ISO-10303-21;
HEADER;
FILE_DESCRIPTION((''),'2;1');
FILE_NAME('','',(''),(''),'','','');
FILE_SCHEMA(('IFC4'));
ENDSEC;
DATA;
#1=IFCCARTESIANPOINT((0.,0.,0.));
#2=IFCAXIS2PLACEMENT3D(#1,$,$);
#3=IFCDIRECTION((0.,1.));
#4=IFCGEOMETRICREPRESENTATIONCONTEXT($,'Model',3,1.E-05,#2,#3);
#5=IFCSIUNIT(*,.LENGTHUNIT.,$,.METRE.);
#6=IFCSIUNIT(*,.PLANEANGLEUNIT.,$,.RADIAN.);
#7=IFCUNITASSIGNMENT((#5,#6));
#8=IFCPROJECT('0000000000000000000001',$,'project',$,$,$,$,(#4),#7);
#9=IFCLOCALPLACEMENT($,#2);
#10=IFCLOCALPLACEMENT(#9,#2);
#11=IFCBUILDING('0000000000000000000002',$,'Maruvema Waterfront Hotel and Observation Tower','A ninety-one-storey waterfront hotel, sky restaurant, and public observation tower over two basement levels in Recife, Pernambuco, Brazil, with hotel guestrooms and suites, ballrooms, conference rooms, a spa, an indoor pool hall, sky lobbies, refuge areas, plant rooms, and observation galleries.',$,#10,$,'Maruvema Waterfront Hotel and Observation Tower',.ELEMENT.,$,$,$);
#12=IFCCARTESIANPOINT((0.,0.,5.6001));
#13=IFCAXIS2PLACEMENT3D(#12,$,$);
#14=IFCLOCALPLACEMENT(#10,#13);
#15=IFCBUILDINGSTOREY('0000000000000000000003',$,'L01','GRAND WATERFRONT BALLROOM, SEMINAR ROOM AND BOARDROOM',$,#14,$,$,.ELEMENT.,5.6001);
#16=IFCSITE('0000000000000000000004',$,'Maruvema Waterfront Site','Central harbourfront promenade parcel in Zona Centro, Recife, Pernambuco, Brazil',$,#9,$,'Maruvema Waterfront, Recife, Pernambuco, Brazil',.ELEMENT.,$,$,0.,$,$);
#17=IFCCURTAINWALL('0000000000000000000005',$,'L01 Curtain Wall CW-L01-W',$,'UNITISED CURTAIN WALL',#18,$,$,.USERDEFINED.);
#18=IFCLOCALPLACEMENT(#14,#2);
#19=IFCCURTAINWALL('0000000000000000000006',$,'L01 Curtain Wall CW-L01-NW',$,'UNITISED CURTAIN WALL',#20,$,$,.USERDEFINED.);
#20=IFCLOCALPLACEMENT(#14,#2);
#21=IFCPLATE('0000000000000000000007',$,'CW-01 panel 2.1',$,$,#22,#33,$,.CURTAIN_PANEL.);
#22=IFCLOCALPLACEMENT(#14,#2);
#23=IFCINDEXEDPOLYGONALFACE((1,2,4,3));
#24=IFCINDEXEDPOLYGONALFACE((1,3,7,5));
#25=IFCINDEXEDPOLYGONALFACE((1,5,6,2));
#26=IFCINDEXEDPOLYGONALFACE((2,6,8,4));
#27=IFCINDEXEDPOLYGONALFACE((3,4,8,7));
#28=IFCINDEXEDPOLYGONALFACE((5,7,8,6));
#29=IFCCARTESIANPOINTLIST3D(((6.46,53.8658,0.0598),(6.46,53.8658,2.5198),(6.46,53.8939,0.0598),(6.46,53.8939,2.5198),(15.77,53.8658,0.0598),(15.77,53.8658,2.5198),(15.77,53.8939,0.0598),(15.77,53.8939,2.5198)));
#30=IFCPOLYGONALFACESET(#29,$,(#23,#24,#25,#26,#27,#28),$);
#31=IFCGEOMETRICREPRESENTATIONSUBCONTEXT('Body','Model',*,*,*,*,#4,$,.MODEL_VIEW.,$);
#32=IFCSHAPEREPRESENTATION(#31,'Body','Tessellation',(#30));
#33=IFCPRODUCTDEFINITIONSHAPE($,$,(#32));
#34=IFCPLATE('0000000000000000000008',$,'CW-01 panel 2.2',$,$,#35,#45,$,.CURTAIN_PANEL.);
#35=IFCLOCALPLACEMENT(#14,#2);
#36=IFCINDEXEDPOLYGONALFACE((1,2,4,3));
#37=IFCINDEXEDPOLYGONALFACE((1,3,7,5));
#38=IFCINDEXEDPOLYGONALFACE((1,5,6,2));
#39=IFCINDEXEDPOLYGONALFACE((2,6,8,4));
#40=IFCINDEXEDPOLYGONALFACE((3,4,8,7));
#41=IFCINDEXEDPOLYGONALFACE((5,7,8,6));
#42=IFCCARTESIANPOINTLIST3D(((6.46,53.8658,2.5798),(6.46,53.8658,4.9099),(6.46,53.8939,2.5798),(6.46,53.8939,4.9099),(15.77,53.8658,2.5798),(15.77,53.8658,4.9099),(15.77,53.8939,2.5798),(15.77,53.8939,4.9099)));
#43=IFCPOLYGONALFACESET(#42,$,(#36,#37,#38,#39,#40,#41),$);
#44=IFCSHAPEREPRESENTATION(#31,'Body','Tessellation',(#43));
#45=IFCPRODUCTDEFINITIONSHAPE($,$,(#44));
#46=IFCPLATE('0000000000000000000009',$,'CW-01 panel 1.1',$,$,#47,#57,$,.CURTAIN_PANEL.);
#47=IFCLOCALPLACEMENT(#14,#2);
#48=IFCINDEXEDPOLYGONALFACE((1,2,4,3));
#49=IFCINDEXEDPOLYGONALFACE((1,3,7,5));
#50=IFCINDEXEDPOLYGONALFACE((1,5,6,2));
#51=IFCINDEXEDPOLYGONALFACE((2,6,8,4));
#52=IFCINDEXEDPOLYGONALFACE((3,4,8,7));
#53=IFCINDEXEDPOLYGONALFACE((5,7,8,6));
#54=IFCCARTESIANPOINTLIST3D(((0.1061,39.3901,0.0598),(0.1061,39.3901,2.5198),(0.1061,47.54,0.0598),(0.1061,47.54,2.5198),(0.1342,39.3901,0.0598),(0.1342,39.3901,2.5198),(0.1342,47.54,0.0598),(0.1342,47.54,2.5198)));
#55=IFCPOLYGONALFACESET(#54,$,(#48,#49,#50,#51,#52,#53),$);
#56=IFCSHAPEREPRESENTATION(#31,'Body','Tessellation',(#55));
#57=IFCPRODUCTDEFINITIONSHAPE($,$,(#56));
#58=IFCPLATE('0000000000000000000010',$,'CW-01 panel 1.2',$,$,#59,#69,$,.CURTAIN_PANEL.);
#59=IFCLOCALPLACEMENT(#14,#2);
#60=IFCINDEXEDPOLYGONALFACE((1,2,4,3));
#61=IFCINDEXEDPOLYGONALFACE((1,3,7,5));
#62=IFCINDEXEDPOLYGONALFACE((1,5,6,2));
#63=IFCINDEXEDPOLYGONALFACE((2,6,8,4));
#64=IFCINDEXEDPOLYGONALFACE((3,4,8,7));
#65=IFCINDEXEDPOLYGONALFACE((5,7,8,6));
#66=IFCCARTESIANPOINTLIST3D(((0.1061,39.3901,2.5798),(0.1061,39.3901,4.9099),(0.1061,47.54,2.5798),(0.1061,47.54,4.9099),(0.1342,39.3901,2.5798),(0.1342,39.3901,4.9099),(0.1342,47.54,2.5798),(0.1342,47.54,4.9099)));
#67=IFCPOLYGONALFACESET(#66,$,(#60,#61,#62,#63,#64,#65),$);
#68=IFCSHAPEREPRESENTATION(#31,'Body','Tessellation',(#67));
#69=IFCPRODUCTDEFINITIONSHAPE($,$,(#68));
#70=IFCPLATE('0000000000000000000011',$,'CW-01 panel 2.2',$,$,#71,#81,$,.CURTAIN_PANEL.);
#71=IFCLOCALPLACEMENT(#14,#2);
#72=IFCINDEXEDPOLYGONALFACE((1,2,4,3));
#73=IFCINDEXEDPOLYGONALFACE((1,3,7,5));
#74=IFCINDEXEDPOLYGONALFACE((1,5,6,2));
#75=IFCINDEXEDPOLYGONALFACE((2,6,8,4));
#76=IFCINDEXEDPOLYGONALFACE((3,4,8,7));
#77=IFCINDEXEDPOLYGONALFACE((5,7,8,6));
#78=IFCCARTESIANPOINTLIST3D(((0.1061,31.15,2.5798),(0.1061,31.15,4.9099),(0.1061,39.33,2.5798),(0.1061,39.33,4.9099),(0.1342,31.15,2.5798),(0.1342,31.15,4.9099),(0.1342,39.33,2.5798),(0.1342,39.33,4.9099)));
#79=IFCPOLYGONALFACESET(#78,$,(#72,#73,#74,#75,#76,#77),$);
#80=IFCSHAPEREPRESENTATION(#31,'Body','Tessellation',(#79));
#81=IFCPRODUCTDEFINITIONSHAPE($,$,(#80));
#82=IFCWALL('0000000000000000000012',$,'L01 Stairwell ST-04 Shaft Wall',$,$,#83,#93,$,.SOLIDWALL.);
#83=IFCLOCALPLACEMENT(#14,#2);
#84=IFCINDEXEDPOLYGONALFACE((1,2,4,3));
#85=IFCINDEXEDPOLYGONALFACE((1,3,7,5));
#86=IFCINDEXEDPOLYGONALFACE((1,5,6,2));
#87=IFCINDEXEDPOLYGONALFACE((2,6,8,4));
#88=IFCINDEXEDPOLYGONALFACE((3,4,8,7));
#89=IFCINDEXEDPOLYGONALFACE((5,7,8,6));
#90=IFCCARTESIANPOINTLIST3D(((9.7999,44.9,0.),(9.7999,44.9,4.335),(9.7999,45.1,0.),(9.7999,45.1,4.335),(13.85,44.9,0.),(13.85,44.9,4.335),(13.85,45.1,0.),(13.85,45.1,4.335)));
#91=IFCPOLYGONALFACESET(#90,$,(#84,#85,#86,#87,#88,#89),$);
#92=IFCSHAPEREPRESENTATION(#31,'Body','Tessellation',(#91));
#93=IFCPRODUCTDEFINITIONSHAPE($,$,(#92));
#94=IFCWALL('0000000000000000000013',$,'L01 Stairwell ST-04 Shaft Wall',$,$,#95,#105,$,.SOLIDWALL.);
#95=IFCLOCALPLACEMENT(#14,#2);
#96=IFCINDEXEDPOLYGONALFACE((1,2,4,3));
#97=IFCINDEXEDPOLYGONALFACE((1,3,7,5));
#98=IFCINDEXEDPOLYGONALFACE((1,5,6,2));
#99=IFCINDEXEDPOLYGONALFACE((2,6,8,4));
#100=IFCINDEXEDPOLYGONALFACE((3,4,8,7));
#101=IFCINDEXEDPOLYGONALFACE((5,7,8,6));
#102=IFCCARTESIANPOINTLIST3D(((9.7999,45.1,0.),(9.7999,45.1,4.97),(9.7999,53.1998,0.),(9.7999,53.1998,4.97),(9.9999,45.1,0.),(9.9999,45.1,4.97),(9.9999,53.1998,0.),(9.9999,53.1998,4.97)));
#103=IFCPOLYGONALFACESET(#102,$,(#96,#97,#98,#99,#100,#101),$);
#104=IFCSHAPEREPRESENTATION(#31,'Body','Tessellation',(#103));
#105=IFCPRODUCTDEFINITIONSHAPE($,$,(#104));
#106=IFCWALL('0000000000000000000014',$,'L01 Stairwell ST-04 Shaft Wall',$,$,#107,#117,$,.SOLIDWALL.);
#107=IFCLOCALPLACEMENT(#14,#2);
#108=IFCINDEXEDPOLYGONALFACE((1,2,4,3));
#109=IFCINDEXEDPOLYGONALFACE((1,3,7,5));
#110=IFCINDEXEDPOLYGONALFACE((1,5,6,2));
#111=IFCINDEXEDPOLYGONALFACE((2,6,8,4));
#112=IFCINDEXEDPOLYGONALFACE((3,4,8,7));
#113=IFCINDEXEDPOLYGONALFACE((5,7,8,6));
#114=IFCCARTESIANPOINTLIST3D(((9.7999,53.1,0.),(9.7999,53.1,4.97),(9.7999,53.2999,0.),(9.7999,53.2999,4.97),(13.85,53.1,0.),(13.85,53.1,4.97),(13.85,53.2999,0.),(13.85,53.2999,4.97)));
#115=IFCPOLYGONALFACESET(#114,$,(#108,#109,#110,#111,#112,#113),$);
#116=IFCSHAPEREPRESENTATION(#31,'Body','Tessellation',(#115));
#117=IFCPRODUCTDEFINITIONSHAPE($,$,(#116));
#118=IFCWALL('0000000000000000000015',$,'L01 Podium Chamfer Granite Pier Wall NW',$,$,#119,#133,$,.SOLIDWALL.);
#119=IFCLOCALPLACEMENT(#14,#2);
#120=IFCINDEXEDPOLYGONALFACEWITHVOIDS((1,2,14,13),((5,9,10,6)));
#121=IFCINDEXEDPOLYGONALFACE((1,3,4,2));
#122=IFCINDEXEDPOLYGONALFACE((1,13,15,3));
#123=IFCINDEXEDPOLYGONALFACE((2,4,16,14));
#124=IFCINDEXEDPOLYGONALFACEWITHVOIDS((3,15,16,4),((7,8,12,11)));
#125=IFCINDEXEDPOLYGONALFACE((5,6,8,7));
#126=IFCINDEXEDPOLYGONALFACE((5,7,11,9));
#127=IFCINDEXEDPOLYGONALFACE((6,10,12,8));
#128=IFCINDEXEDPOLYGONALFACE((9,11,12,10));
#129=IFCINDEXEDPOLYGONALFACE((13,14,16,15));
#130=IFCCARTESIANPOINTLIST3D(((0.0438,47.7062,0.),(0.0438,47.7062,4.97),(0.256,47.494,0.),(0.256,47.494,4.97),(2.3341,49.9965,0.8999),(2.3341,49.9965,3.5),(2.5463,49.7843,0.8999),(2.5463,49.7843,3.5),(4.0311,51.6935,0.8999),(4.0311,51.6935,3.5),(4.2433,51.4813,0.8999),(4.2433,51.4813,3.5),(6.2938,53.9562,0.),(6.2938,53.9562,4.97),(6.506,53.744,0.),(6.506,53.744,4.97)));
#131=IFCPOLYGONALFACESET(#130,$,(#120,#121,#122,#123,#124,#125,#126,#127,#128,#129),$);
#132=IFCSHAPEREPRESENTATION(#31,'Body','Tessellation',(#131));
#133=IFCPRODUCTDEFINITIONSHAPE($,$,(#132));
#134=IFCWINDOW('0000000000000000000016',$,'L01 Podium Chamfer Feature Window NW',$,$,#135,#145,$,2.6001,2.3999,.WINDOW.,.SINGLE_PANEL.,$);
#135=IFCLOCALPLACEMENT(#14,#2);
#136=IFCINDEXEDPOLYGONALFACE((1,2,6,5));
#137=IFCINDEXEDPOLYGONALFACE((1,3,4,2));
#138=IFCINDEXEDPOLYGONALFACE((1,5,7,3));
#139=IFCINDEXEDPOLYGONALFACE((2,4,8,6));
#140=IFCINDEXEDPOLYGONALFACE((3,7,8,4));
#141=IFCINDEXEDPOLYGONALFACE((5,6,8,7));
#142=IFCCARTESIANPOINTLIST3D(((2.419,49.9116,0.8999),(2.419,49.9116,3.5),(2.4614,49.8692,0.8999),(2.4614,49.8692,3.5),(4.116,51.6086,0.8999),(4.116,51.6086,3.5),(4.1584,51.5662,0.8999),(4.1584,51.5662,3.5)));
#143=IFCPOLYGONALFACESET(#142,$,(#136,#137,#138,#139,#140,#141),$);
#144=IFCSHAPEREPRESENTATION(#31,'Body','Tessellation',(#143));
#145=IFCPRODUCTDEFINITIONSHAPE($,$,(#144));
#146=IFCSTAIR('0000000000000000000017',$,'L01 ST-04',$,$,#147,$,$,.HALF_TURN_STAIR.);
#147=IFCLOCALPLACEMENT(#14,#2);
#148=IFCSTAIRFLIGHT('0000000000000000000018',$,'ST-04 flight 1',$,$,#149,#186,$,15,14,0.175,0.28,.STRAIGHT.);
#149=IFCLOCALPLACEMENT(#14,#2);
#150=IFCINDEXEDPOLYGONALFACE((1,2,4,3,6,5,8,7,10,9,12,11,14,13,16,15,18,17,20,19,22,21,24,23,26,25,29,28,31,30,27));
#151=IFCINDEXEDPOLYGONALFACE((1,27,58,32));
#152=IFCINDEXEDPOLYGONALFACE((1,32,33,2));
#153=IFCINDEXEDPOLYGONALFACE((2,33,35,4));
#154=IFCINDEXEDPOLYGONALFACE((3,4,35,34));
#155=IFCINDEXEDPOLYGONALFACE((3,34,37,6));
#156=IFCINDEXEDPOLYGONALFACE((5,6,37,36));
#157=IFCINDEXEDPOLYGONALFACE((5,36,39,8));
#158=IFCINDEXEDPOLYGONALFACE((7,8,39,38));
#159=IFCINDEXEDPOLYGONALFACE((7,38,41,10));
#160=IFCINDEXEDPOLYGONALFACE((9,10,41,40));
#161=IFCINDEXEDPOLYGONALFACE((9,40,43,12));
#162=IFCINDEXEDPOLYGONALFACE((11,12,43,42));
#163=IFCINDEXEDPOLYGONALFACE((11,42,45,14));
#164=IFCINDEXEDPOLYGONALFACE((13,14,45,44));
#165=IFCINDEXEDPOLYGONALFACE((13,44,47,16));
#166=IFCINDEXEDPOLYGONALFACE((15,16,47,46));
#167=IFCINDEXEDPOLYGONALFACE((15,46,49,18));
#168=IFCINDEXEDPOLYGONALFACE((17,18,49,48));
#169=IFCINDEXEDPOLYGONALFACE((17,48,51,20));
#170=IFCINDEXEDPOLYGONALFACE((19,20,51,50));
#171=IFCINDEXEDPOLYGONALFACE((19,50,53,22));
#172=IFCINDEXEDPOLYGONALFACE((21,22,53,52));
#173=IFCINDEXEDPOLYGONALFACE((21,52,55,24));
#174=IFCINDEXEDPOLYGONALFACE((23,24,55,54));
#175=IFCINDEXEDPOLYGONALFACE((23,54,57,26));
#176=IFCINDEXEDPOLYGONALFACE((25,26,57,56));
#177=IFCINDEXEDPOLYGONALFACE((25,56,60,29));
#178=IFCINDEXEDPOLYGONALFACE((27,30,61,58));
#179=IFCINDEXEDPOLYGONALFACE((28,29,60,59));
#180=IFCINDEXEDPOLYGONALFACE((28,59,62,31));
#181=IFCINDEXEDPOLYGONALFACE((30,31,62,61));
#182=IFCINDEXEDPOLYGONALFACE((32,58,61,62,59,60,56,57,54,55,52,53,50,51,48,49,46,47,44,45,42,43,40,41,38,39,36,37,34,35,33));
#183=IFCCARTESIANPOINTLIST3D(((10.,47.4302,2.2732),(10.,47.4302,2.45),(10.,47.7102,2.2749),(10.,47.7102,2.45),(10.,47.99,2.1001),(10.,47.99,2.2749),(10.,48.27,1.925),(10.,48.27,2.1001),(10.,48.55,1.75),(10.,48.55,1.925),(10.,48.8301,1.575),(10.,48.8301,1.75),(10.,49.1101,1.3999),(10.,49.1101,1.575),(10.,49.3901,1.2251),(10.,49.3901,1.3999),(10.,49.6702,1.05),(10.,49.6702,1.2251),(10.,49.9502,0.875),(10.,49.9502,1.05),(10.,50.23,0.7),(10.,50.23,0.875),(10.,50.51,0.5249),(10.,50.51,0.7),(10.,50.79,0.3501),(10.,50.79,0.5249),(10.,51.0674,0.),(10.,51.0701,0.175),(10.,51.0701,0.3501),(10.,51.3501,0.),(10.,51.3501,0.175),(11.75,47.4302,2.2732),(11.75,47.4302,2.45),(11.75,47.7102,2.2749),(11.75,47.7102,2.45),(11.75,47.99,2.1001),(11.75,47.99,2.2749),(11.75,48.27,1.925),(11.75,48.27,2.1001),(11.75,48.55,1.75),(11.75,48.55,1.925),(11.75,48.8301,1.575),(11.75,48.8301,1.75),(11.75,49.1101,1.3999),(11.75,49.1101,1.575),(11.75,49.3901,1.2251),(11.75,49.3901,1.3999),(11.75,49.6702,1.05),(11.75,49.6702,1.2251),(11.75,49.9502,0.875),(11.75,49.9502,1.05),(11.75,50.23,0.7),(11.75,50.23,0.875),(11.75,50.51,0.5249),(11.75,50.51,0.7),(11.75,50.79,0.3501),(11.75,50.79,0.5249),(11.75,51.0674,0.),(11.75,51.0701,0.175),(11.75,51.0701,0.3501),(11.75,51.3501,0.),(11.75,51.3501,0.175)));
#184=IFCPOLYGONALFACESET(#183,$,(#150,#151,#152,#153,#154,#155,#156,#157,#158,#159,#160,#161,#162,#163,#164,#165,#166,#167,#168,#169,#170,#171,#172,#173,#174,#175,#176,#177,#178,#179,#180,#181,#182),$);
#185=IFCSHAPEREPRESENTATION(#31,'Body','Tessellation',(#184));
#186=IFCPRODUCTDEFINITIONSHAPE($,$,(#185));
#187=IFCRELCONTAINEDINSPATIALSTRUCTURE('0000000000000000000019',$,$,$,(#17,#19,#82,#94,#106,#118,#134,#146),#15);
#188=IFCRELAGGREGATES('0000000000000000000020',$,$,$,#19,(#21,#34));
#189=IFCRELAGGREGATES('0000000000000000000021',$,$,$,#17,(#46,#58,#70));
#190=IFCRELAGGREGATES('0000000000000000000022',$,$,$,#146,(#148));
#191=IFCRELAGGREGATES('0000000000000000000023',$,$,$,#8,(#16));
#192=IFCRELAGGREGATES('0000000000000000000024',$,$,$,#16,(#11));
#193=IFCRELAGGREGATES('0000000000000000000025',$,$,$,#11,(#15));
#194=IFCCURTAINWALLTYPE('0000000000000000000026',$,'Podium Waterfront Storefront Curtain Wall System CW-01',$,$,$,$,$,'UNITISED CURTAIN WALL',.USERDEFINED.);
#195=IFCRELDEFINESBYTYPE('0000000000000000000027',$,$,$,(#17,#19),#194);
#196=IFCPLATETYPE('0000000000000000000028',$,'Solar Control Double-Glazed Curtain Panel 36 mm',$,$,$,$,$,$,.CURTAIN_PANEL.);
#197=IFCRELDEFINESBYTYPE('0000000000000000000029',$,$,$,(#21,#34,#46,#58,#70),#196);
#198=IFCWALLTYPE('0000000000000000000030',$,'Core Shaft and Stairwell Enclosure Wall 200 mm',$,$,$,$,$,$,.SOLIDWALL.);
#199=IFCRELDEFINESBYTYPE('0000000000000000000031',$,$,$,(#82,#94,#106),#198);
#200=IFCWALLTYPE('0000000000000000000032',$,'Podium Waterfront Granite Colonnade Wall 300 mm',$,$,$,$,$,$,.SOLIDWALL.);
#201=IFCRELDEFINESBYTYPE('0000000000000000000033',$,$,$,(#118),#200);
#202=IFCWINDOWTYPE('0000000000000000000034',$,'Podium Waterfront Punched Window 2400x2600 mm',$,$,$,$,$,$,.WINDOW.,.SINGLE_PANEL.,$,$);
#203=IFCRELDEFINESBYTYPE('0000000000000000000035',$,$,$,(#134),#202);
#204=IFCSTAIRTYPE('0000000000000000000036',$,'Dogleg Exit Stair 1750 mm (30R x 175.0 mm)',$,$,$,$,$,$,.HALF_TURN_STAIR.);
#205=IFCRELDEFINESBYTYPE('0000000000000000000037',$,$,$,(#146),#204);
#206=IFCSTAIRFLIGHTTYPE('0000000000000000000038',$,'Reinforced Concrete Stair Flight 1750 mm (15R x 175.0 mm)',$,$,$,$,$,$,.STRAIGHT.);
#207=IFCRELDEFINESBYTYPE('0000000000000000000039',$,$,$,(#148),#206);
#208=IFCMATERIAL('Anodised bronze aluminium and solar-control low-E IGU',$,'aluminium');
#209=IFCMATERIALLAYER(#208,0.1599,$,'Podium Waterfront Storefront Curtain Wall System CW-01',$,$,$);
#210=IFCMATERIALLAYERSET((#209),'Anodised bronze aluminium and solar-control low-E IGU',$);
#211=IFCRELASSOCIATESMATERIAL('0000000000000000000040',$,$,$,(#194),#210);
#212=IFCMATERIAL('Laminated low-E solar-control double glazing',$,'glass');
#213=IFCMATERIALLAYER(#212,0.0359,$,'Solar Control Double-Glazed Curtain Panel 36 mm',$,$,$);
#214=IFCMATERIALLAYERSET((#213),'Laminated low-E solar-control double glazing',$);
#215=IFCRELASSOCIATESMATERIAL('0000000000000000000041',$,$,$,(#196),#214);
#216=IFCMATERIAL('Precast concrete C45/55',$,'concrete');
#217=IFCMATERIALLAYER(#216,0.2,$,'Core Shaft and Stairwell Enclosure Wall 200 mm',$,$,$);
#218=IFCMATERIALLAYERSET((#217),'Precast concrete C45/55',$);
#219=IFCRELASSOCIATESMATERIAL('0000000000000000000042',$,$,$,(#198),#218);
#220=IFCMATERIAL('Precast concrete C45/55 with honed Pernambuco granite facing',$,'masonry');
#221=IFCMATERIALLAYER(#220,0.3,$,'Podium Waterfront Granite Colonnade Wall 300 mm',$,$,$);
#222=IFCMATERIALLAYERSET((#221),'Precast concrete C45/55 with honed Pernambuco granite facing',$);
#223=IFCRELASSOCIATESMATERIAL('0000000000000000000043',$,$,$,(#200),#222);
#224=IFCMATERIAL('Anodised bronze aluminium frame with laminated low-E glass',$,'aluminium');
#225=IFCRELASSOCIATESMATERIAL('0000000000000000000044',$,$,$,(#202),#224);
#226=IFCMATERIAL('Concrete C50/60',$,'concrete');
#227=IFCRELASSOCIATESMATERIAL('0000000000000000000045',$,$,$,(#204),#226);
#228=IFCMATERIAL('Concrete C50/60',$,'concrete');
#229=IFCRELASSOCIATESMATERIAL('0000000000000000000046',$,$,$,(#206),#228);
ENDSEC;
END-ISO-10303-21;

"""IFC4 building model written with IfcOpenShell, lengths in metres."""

from ifc_helpers import new_model, si_unit, direction, frame, frame_2d, origin, origin_2d, place, context, subcontext, project, spatial, polyline, rectangle, outline, extrude, material, layer, layer_set, type_object, element, fill, aggregate, save


model = new_model("IFC4")

# Units and contexts
model_context = context("Model", 3, precision=1e-05, world=origin(), true_north=direction((0.0, 1.0)))
body_context = subcontext(model_context, "Body", "Model", "MODEL_VIEW")
ifc_project = project(units=[si_unit("LENGTHUNIT", "METRE"), si_unit("PLANEANGLEUNIT", "RADIAN")], contexts=[model_context])

# Site, building, storey
site_placement = place(None, origin())
site = spatial("IfcSite", under=ifc_project, at=site_placement, Name="Maruvema Waterfront Site", Description="Central harbourfront promenade parcel in Zona Centro, Recife, Pernambuco, Brazil", LongName="Maruvema Waterfront, Recife, Pernambuco, Brazil", CompositionType="ELEMENT", RefElevation=0.0)
building_placement = place(site_placement, origin())
building = spatial("IfcBuilding", under=site, at=building_placement, Name="Maruvema Waterfront Hotel and Observation Tower", Description="A ninety-one-storey waterfront hotel, sky restaurant, and public observation tower over two basement levels in Recife, Pernambuco, Brazil, with hotel guestrooms and suites, ballrooms, conference rooms, a spa, an indoor pool hall, sky lobbies, refuge areas, plant rooms, and observation galleries.", LongName="Maruvema Waterfront Hotel and Observation Tower", CompositionType="ELEMENT")
storey_placement = place(building_placement, frame((0.0, 0.0, 5.6001)))
storey = spatial("IfcBuildingStorey", under=building, at=storey_placement, Name="L01", Description="GRAND WATERFRONT BALLROOM, SEMINAR ROOM AND BOARDROOM", CompositionType="ELEMENT", Elevation=5.6001)

# Curtain wall
ifc_material_1 = material(Name="Anodised bronze aluminium and solar-control low-E IGU", Category="aluminium")
ifc_layer_1 = layer(ifc_material_1, 0.1599, Name="Podium Waterfront Storefront Curtain Wall System CW-01")
ifc_layer_set_1 = layer_set([ifc_layer_1], Name="Anodised bronze aluminium and solar-control low-E IGU")
curtain_wall_type = type_object("IfcCurtainWallType", Name="Podium Waterfront Storefront Curtain Wall System CW-01", ElementType="UNITISED CURTAIN WALL", PredefinedType="USERDEFINED", material=ifc_layer_set_1)
curtain_wall_1_placement = place(storey_placement, origin())
curtain_wall_1 = element("IfcCurtainWall", 1, at=curtain_wall_1_placement, inside=storey, type_object=curtain_wall_type, Name="L01 Curtain Wall CW-L01-W", ObjectType="UNITISED CURTAIN WALL", PredefinedType="USERDEFINED")

# Curtain wall
curtain_wall_2_placement = place(storey_placement, origin())
curtain_wall_2 = element("IfcCurtainWall", 2, at=curtain_wall_2_placement, inside=storey, type_object=curtain_wall_type, Name="L01 Curtain Wall CW-L01-NW", ObjectType="UNITISED CURTAIN WALL", PredefinedType="USERDEFINED")

# Plates
ifc_material_2 = material(Name="Laminated low-E solar-control double glazing", Category="glass")
ifc_layer_2 = layer(ifc_material_2, 0.0359, Name="Solar Control Double-Glazed Curtain Panel 36 mm")
ifc_layer_set_2 = layer_set([ifc_layer_2], Name="Laminated low-E solar-control double glazing")
plate_type = type_object("IfcPlateType", Name="Solar Control Double-Glazed Curtain Panel 36 mm", PredefinedType="CURTAIN_PANEL", material=ifc_layer_set_2)
plate_1_placement = place(storey_placement, frame((11.115, 53.8799, 0.0598), z_axis=(0.0, 0.0, 1.0), x_axis=(-1.0, 0.0, 0.0)))
plate_1 = element("IfcPlate", 3, at=plate_1_placement, type_object=plate_type, Name="CW-01 panel 2.1", PredefinedType="CURTAIN_PANEL", context=body_context, shape_type="SweptSolid", body=[
    extrude(rectangle(XDim=9.3101, YDim=0.0281, at=origin_2d()), origin(), (0.0, 0.0, 1.0), 2.46),
])
plate_2_placement = place(storey_placement, frame((11.115, 53.8799, 2.5798), z_axis=(0.0, 0.0, 1.0), x_axis=(-1.0, 0.0, 0.0)))
plate_2 = element("IfcPlate", 4, at=plate_2_placement, type_object=plate_type, Name="CW-01 panel 2.2", PredefinedType="CURTAIN_PANEL", context=body_context, shape_type="SweptSolid", body=[
    extrude(rectangle(XDim=9.3101, YDim=0.0281, at=origin_2d()), origin(), (0.0, 0.0, 1.0), 2.3301),
])
aggregate(curtain_wall_2, [plate_1, plate_2])
plate_3_placement = place(storey_placement, frame((0.1201, 43.4651, 0.0598), z_axis=(0.0, 0.0, 1.0), x_axis=(0.0, -1.0, 0.0)))
plate_3 = element("IfcPlate", 5, at=plate_3_placement, type_object=plate_type, Name="CW-01 panel 1.1", PredefinedType="CURTAIN_PANEL", context=body_context, shape_type="SweptSolid", body=[
    extrude(rectangle(XDim=8.1499, YDim=0.0281, at=origin_2d()), origin(), (0.0, 0.0, 1.0), 2.46),
])
plate_4_placement = place(storey_placement, frame((0.1201, 43.4651, 2.5798), z_axis=(0.0, 0.0, 1.0), x_axis=(0.0, -1.0, 0.0)))
plate_4 = element("IfcPlate", 6, at=plate_4_placement, type_object=plate_type, Name="CW-01 panel 1.2", PredefinedType="CURTAIN_PANEL", context=body_context, shape_type="SweptSolid", body=[
    extrude(rectangle(XDim=8.1499, YDim=0.0281, at=origin_2d()), origin(), (0.0, 0.0, 1.0), 2.3301),
])
plate_5_placement = place(storey_placement, frame((0.1201, 35.24, 2.5798), z_axis=(0.0, 0.0, 1.0), x_axis=(0.0, -1.0, 0.0)))
plate_5 = element("IfcPlate", 7, at=plate_5_placement, type_object=plate_type, Name="CW-01 panel 2.2", PredefinedType="CURTAIN_PANEL", context=body_context, shape_type="SweptSolid", body=[
    extrude(rectangle(XDim=8.1799, YDim=0.0281, at=origin_2d()), origin(), (0.0, 0.0, 1.0), 2.3301),
])
aggregate(curtain_wall_1, [plate_3, plate_4, plate_5])

# Walls
ifc_material_3 = material(Name="Precast concrete C45/55", Category="concrete")
ifc_layer_3 = layer(ifc_material_3, 0.2, Name="Core Shaft and Stairwell Enclosure Wall 200 mm")
ifc_layer_set_3 = layer_set([ifc_layer_3], Name="Precast concrete C45/55")
wall_type_1 = type_object("IfcWallType", Name="Core Shaft and Stairwell Enclosure Wall 200 mm", PredefinedType="SOLIDWALL", material=ifc_layer_set_3)
wall_1_placement = place(storey_placement, frame((9.8, 45.0, 0.0), z_axis=(0.0, 0.0, 1.0), x_axis=(1.0, 0.0, 0.0)))
element("IfcWall", 8, at=wall_1_placement, inside=storey, type_object=wall_type_1, Name="L01 Stairwell ST-04 Shaft Wall", PredefinedType="SOLIDWALL", context=body_context, shape_type="SweptSolid", body=[
    extrude(rectangle(XDim=4.05, YDim=0.2, at=frame_2d((2.0249, 0.0))), origin(), (0.0, 0.0, 1.0), 4.335),
])
wall_2_placement = place(storey_placement, frame((9.8999, 45.1001, 0.0), z_axis=(0.0, 0.0, 1.0), x_axis=(0.0, 1.0, 0.0)))
element("IfcWall", 9, at=wall_2_placement, inside=storey, type_object=wall_type_1, Name="L01 Stairwell ST-04 Shaft Wall", PredefinedType="SOLIDWALL", context=body_context, shape_type="SweptSolid", body=[
    extrude(rectangle(XDim=8.0999, YDim=0.2, at=frame_2d((4.0498, 0.0))), origin(), (0.0, 0.0, 1.0), 4.97),
])
wall_3_placement = place(storey_placement, frame((9.8, 53.2, 0.0), z_axis=(0.0, 0.0, 1.0), x_axis=(1.0, 0.0, 0.0)))
element("IfcWall", 10, at=wall_3_placement, inside=storey, type_object=wall_type_1, Name="L01 Stairwell ST-04 Shaft Wall", PredefinedType="SOLIDWALL", context=body_context, shape_type="SweptSolid", body=[
    extrude(rectangle(XDim=4.05, YDim=0.2, at=frame_2d((2.0249, 0.0))), origin(), (0.0, 0.0, 1.0), 4.97),
])

# Wall, opening, window
ifc_material_4 = material(Name="Precast concrete C45/55 with honed Pernambuco granite facing", Category="masonry")
ifc_layer_4 = layer(ifc_material_4, 0.3, Name="Podium Waterfront Granite Colonnade Wall 300 mm")
ifc_layer_set_4 = layer_set([ifc_layer_4], Name="Precast concrete C45/55 with honed Pernambuco granite facing")
wall_type_2 = type_object("IfcWallType", Name="Podium Waterfront Granite Colonnade Wall 300 mm", PredefinedType="SOLIDWALL", material=ifc_layer_set_4)
wall_4_placement = place(storey_placement, frame((6.3999, 53.8501, 0.0), z_axis=(0.0, 0.0, 1.0), x_axis=(-0.707107, -0.707107, 0.0)))
wall_4 = element("IfcWall", 11, at=wall_4_placement, inside=storey, type_object=wall_type_2, Name="L01 Podium Chamfer Granite Pier Wall NW", PredefinedType="SOLIDWALL", context=body_context, shape_type="SweptSolid", body=[
    extrude(rectangle(XDim=8.8389, YDim=0.3, at=frame_2d((4.4194, 0.0))), origin(), (0.0, 0.0, 1.0), 4.97),
])
opening_placement = place(wall_4_placement, frame((3.2, 0.0, 0.8999)))
opening = element("IfcOpeningElement", 12, at=opening_placement, cuts=wall_4, PredefinedType="OPENING", context=body_context, shape_type="SweptSolid", body=[
    extrude(rectangle(XDim=2.3999, YDim=2.6001, at=frame_2d((1.2, 1.3))), frame((0.0, 0.1602, 0.0), z_axis=(0.0, -1.0, 0.0), x_axis=(1.0, 0.0, 0.0)), (0.0, 0.0, 1.0), 0.3201),
])
ifc_material_5 = material(Name="Anodised bronze aluminium frame with laminated low-E glass", Category="aluminium")
window_type = type_object("IfcWindowType", Name="Podium Waterfront Punched Window 2400x2600 mm", PartitioningType="SINGLE_PANEL", PredefinedType="WINDOW", material=ifc_material_5)
window_placement = place(opening_placement, origin())
window = element("IfcWindow", 13, at=window_placement, inside=storey, type_object=window_type, Name="L01 Podium Chamfer Feature Window NW", OverallHeight=2.6001, OverallWidth=2.3999, PartitioningType="SINGLE_PANEL", PredefinedType="WINDOW", context=body_context, shape_type="SweptSolid", body=[
    extrude(rectangle(XDim=2.3999, YDim=2.6001, at=frame_2d((1.2, 1.3))), frame((0.0, 0.03, 0.0), z_axis=(0.0, -1.0, 0.0), x_axis=(1.0, 0.0, 0.0)), (0.0, 0.0, 1.0), 0.0601),
])
fill(opening, window)

# Stair, stair flight
ifc_material_6 = material(Name="Concrete C50/60", Category="concrete")
stair_type = type_object("IfcStairType", Name="Dogleg Exit Stair 1750 mm (30R x 175.0 mm)", PredefinedType="HALF_TURN_STAIR", material=ifc_material_6)
stair_placement = place(storey_placement, origin())
stair = element("IfcStair", 14, at=stair_placement, inside=storey, type_object=stair_type, Name="L01 ST-04", PredefinedType="HALF_TURN_STAIR")
ifc_material_7 = material(Name="Concrete C50/60", Category="concrete")
stair_flight_type = type_object("IfcStairFlightType", Name="Reinforced Concrete Stair Flight 1750 mm (15R x 175.0 mm)", PredefinedType="STRAIGHT", material=ifc_material_7)
stair_flight_placement = place(storey_placement, frame((10.875, 51.3501, 0.0), z_axis=(0.0, 0.0, 1.0), x_axis=(0.0, -1.0, 0.0)))
stair_flight = element("IfcStairFlight", 15, at=stair_flight_placement, type_object=stair_flight_type, Name="ST-04 flight 1", NumberOfRisers=15, NumberOfTreads=14, PredefinedType="STRAIGHT", RiserHeight=0.175, TreadLength=0.28, context=body_context, shape_type="SweptSolid", body=[
    extrude(outline(polyline([(0.0, 0.0), (0.0, 0.175), (0.28, 0.175), (0.28, 0.3501), (0.5601, 0.3501), (0.5601, 0.5249), (0.8401, 0.5249), (0.8401, 0.7), (1.1201, 0.7), (1.1201, 0.875), (1.3999, 0.875), (1.3999, 1.05), (1.6799, 1.05), (1.6799, 1.2251), (1.96, 1.2251), (1.96, 1.3999), (2.24, 1.3999), (2.24, 1.575), (2.52, 1.575), (2.52, 1.75), (2.8, 1.75), (2.8, 1.925), (3.0801, 1.925), (3.0801, 2.1001), (3.3601, 2.1001), (3.3601, 2.2749), (3.6399, 2.2749), (3.6399, 2.45), (3.9199, 2.45), (3.9199, 2.625), (3.9199, 2.2732), (0.2827, 0.0), (0.0, 0.0)])), frame((0.0, 0.875, 0.0), z_axis=(0.0, -1.0, 0.0), x_axis=(1.0, 0.0, 0.0)), (0.0, 0.0, 1.0), 1.75),
])
aggregate(stair, [stair_flight])

save(model, "model.ifc")
